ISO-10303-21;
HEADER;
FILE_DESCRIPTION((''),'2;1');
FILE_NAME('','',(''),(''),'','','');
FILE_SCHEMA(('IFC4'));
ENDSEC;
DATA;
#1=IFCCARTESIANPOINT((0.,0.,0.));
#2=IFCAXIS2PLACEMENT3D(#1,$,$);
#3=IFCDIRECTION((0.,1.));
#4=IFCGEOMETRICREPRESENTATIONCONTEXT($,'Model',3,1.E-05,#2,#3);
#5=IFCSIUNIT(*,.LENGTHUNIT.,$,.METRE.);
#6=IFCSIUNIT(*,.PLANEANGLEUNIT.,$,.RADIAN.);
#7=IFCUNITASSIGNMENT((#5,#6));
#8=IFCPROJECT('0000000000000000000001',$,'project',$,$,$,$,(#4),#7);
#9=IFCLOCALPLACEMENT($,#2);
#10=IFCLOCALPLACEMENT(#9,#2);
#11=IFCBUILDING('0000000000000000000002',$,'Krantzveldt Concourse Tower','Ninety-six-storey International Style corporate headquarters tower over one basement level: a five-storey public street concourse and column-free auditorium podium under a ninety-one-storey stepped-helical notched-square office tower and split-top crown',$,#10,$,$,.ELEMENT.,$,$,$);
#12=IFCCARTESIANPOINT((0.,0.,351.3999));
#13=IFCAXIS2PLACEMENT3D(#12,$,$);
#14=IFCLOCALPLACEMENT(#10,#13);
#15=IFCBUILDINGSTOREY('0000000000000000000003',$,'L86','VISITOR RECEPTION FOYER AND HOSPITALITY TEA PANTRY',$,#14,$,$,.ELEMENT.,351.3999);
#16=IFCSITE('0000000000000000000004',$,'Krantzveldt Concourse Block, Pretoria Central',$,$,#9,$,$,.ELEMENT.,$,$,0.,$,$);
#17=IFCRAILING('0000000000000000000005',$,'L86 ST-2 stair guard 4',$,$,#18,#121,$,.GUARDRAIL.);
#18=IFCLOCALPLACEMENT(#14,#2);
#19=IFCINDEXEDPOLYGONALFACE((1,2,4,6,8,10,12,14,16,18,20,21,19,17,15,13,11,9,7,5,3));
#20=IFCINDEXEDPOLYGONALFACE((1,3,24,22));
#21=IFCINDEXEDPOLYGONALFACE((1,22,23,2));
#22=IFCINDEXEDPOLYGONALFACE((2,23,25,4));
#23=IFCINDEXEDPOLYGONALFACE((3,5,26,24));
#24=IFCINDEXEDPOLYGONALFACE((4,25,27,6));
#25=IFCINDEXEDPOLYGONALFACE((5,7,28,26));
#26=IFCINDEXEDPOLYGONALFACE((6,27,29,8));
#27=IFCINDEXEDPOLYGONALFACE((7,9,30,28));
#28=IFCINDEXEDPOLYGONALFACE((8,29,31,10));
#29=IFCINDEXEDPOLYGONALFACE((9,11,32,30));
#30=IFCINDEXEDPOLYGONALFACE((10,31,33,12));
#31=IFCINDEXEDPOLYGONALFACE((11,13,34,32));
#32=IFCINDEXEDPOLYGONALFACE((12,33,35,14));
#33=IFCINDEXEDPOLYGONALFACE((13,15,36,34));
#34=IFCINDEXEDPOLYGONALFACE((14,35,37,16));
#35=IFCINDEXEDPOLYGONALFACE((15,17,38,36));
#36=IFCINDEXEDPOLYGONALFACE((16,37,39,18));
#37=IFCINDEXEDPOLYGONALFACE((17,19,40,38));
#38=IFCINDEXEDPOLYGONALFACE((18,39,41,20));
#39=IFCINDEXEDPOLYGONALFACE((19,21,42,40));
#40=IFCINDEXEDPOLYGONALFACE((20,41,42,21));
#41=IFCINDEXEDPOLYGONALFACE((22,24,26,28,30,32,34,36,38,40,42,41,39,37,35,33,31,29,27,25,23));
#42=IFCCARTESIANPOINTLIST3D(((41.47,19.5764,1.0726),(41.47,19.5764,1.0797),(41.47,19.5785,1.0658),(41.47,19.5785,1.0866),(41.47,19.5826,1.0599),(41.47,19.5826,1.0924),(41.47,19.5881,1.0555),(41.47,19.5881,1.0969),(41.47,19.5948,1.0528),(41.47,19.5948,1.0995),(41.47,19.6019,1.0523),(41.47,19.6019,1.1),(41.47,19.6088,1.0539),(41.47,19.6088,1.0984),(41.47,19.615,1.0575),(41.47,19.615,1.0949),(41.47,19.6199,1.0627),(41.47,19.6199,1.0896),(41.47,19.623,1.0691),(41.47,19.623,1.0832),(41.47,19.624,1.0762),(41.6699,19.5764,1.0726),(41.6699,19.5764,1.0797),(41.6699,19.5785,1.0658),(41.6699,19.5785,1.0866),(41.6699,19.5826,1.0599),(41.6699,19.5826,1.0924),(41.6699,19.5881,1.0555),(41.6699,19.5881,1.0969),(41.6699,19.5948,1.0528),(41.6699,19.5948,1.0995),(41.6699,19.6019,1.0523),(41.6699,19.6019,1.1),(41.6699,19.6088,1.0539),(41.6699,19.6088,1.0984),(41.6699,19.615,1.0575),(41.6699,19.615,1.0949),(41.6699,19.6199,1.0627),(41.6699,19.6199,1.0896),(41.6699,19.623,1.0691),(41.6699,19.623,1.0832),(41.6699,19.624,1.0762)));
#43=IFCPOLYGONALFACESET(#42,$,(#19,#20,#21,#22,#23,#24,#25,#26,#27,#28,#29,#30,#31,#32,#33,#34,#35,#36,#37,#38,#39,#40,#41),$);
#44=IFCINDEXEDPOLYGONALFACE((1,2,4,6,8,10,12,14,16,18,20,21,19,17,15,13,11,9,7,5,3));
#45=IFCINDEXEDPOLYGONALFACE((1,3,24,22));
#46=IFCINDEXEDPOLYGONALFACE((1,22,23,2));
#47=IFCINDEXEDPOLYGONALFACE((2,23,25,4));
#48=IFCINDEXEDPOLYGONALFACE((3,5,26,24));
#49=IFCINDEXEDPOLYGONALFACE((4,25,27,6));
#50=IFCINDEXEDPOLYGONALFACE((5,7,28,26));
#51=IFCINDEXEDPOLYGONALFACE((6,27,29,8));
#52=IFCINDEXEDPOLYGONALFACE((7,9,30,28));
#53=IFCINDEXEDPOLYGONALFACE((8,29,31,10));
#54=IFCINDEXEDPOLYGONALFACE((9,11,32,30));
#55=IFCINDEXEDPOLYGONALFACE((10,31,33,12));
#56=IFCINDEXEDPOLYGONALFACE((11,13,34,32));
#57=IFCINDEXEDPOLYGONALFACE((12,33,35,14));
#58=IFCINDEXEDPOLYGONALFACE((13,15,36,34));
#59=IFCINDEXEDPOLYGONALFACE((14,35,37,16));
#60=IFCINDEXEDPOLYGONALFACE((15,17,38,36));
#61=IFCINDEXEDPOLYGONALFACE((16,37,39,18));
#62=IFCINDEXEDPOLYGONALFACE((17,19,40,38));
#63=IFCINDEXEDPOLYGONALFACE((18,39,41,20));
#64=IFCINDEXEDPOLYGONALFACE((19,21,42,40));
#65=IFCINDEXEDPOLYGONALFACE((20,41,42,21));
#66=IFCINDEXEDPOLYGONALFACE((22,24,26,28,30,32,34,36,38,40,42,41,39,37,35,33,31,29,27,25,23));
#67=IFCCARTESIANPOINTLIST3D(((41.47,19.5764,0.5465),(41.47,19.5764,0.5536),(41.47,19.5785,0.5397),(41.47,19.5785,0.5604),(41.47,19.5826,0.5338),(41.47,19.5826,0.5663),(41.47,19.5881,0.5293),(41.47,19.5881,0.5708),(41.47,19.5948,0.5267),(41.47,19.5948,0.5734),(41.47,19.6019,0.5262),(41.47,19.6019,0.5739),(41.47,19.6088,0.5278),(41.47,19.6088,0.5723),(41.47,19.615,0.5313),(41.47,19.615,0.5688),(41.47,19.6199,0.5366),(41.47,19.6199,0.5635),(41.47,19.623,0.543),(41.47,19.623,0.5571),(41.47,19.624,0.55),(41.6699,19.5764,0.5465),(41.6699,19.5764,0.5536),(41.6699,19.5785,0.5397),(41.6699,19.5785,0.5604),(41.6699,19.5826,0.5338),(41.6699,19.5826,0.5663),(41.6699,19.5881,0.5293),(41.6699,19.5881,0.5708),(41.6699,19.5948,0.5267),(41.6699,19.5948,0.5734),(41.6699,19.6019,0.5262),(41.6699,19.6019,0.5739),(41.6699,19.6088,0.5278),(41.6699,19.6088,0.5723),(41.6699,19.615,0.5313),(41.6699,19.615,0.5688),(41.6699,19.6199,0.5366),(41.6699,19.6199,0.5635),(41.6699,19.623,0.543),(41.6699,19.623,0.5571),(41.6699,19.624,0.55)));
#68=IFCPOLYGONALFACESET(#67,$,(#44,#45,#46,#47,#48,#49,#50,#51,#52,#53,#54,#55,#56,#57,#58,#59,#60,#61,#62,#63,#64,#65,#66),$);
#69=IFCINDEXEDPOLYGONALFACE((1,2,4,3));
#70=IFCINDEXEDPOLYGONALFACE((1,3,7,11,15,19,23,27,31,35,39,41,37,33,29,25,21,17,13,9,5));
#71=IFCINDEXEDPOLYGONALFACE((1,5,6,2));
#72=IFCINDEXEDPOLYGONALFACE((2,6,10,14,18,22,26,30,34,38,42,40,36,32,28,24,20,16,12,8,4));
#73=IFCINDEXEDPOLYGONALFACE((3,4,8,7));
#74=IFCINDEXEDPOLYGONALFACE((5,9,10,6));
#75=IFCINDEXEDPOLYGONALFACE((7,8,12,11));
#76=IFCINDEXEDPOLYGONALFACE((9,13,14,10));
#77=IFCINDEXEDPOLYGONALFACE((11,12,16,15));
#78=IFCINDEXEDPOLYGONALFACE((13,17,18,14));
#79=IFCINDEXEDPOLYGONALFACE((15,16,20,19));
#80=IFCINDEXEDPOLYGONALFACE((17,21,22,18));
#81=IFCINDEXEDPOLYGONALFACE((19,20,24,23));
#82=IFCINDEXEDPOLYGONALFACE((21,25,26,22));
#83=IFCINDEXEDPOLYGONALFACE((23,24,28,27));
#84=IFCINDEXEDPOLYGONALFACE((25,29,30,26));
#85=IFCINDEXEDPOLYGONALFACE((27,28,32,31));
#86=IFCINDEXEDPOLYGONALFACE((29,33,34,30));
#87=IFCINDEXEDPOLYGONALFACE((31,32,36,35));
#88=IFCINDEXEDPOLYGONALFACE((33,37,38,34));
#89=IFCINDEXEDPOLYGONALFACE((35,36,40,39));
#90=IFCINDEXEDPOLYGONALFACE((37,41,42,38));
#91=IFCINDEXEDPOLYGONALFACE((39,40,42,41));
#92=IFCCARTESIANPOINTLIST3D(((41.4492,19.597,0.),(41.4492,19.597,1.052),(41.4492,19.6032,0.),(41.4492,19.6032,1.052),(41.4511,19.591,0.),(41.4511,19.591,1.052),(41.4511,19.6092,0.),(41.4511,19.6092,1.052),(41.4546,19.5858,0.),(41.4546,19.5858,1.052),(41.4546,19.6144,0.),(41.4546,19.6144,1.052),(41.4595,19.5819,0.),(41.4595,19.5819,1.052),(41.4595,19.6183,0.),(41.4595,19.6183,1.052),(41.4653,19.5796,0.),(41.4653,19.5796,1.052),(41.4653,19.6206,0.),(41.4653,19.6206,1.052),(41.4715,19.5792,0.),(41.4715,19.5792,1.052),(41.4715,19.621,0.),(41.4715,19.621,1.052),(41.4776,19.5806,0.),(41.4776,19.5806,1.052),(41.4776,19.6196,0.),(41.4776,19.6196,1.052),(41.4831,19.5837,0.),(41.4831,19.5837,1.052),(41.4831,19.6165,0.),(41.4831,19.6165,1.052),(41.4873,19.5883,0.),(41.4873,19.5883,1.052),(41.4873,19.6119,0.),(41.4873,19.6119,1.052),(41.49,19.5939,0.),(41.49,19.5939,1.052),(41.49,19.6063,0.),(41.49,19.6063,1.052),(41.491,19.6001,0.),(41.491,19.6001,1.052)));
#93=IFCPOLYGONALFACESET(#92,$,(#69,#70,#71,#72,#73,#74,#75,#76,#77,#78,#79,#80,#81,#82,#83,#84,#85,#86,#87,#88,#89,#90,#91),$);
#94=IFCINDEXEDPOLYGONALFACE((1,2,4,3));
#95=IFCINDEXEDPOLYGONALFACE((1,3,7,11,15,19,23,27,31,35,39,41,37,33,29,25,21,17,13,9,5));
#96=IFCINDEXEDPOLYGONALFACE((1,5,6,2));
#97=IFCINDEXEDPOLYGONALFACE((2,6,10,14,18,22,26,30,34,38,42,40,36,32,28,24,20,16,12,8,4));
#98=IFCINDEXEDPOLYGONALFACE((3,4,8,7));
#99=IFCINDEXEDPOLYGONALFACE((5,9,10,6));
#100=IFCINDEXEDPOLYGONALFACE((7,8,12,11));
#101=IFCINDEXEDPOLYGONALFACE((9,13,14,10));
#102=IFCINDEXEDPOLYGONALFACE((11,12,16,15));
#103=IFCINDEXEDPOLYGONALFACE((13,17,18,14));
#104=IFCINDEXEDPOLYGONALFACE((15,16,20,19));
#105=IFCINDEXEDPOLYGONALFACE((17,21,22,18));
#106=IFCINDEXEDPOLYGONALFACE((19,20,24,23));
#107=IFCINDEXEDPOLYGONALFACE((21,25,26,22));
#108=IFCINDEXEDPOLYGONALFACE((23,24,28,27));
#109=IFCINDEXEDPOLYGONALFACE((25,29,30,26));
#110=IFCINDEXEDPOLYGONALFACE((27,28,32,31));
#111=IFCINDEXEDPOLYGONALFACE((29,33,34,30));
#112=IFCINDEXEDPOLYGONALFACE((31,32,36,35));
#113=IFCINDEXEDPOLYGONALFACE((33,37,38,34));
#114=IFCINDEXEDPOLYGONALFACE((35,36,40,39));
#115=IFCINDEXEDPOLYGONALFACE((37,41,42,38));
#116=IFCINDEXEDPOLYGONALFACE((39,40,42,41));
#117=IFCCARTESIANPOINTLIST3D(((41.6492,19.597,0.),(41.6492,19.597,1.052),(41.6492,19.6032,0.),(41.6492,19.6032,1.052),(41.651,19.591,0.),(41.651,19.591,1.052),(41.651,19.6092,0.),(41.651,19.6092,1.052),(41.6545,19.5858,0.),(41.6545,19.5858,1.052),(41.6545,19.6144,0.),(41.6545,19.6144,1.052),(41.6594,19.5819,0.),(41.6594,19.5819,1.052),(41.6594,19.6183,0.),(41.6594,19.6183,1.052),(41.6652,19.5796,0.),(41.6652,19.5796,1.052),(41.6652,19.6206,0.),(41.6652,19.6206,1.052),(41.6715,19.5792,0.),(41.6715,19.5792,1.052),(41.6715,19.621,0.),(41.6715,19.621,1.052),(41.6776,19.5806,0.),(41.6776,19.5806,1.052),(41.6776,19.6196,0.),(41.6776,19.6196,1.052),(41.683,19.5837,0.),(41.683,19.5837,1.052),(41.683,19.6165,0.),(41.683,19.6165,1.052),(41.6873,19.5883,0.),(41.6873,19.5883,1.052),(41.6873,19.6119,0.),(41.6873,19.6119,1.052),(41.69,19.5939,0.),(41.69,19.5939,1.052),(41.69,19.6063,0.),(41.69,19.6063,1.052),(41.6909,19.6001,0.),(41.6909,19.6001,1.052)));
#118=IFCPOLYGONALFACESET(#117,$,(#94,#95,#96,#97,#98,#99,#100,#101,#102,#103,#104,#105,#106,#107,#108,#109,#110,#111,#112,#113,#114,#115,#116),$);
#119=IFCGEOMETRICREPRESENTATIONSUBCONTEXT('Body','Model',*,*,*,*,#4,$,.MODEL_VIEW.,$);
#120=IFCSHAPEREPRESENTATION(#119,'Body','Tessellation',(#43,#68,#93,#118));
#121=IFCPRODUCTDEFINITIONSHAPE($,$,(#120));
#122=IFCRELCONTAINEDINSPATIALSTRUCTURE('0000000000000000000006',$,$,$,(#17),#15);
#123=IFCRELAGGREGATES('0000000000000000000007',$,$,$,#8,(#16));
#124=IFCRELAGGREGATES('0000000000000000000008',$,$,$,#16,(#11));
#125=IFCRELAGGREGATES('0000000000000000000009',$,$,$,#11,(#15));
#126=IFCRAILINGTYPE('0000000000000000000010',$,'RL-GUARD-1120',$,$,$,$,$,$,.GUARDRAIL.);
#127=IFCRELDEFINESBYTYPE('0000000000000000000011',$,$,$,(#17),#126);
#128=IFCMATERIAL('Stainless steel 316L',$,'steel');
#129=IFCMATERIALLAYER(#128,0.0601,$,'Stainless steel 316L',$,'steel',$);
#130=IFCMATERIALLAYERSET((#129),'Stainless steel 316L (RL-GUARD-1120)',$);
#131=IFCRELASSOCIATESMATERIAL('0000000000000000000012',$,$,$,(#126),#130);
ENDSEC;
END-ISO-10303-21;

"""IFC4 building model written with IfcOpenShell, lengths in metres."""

from ifc_helpers import new_model, si_unit, direction, frame, origin, origin_2d, place, context, subcontext, project, spatial, circle, extrude, material, layer, layer_set, type_object, element, save


model = new_model("IFC4")

# Units and contexts
model_context = context("Model", 3, precision=1e-05, world=origin(), true_north=direction((0.0, 1.0)))
body_context = subcontext(model_context, "Body", "Model", "MODEL_VIEW")
ifc_project = project(units=[si_unit("LENGTHUNIT", "METRE"), si_unit("PLANEANGLEUNIT", "RADIAN")], contexts=[model_context])

# Site, building, storey
site_placement = place(None, origin())
site = spatial("IfcSite", under=ifc_project, at=site_placement, Name="Krantzveldt Concourse Block, Pretoria Central", CompositionType="ELEMENT", RefElevation=0.0)
building_placement = place(site_placement, origin())
building = spatial("IfcBuilding", under=site, at=building_placement, Name="Krantzveldt Concourse Tower", Description="Ninety-six-storey International Style corporate headquarters tower over one basement level: a five-storey public street concourse and column-free auditorium podium under a ninety-one-storey stepped-helical notched-square office tower and split-top crown", CompositionType="ELEMENT")
storey_placement = place(building_placement, frame((0.0, 0.0, 351.3999)))
storey = spatial("IfcBuildingStorey", under=building, at=storey_placement, Name="L86", Description="VISITOR RECEPTION FOYER AND HOSPITALITY TEA PANTRY", CompositionType="ELEMENT", Elevation=351.3999)

# Shared definitions
ifc_material_1 = material(Name="Stainless steel 316L", Category="steel")

# Railing
ifc_layer_1 = layer(ifc_material_1, 0.0601, Name="Stainless steel 316L", Category="steel")
ifc_layer_set_1 = layer_set([ifc_layer_1], Name="Stainless steel 316L (RL-GUARD-1120)")
railing_type_1 = type_object("IfcRailingType", Name="RL-GUARD-1120", PredefinedType="GUARDRAIL", material=ifc_layer_set_1)
railing_1_placement = place(storey_placement, frame((41.47, 19.6001, 0.0)))
element("IfcRailing", 1, at=railing_1_placement, inside=storey, type_object=railing_type_1, Name="L86 ST-2 stair guard 4", PredefinedType="GUARDRAIL", context=body_context, shape_type="SweptSolid", body=[
    extrude(circle(Radius=0.0239, at=origin_2d()), frame((0.0, 0.0, 1.0762), z_axis=(1.0, 0.0, 0.0), x_axis=(0.0, 1.0, 0.0)), (0.0, 0.0, 1.0), 0.2),
    extrude(circle(Radius=0.0239, at=origin_2d()), frame((0.0, 0.0, 0.55), z_axis=(1.0, 0.0, 0.0), x_axis=(0.0, 1.0, 0.0)), (0.0, 0.0, 1.0), 0.2),
    extrude(circle(Radius=0.021, at=origin_2d()), origin(), (0.0, 0.0, 1.0), 1.052),
    extrude(circle(Radius=0.021, at=origin_2d()), frame((0.2, 0.0, 0.0)), (0.0, 0.0, 1.0), 1.052),
])

save(model, "model.ifc")
